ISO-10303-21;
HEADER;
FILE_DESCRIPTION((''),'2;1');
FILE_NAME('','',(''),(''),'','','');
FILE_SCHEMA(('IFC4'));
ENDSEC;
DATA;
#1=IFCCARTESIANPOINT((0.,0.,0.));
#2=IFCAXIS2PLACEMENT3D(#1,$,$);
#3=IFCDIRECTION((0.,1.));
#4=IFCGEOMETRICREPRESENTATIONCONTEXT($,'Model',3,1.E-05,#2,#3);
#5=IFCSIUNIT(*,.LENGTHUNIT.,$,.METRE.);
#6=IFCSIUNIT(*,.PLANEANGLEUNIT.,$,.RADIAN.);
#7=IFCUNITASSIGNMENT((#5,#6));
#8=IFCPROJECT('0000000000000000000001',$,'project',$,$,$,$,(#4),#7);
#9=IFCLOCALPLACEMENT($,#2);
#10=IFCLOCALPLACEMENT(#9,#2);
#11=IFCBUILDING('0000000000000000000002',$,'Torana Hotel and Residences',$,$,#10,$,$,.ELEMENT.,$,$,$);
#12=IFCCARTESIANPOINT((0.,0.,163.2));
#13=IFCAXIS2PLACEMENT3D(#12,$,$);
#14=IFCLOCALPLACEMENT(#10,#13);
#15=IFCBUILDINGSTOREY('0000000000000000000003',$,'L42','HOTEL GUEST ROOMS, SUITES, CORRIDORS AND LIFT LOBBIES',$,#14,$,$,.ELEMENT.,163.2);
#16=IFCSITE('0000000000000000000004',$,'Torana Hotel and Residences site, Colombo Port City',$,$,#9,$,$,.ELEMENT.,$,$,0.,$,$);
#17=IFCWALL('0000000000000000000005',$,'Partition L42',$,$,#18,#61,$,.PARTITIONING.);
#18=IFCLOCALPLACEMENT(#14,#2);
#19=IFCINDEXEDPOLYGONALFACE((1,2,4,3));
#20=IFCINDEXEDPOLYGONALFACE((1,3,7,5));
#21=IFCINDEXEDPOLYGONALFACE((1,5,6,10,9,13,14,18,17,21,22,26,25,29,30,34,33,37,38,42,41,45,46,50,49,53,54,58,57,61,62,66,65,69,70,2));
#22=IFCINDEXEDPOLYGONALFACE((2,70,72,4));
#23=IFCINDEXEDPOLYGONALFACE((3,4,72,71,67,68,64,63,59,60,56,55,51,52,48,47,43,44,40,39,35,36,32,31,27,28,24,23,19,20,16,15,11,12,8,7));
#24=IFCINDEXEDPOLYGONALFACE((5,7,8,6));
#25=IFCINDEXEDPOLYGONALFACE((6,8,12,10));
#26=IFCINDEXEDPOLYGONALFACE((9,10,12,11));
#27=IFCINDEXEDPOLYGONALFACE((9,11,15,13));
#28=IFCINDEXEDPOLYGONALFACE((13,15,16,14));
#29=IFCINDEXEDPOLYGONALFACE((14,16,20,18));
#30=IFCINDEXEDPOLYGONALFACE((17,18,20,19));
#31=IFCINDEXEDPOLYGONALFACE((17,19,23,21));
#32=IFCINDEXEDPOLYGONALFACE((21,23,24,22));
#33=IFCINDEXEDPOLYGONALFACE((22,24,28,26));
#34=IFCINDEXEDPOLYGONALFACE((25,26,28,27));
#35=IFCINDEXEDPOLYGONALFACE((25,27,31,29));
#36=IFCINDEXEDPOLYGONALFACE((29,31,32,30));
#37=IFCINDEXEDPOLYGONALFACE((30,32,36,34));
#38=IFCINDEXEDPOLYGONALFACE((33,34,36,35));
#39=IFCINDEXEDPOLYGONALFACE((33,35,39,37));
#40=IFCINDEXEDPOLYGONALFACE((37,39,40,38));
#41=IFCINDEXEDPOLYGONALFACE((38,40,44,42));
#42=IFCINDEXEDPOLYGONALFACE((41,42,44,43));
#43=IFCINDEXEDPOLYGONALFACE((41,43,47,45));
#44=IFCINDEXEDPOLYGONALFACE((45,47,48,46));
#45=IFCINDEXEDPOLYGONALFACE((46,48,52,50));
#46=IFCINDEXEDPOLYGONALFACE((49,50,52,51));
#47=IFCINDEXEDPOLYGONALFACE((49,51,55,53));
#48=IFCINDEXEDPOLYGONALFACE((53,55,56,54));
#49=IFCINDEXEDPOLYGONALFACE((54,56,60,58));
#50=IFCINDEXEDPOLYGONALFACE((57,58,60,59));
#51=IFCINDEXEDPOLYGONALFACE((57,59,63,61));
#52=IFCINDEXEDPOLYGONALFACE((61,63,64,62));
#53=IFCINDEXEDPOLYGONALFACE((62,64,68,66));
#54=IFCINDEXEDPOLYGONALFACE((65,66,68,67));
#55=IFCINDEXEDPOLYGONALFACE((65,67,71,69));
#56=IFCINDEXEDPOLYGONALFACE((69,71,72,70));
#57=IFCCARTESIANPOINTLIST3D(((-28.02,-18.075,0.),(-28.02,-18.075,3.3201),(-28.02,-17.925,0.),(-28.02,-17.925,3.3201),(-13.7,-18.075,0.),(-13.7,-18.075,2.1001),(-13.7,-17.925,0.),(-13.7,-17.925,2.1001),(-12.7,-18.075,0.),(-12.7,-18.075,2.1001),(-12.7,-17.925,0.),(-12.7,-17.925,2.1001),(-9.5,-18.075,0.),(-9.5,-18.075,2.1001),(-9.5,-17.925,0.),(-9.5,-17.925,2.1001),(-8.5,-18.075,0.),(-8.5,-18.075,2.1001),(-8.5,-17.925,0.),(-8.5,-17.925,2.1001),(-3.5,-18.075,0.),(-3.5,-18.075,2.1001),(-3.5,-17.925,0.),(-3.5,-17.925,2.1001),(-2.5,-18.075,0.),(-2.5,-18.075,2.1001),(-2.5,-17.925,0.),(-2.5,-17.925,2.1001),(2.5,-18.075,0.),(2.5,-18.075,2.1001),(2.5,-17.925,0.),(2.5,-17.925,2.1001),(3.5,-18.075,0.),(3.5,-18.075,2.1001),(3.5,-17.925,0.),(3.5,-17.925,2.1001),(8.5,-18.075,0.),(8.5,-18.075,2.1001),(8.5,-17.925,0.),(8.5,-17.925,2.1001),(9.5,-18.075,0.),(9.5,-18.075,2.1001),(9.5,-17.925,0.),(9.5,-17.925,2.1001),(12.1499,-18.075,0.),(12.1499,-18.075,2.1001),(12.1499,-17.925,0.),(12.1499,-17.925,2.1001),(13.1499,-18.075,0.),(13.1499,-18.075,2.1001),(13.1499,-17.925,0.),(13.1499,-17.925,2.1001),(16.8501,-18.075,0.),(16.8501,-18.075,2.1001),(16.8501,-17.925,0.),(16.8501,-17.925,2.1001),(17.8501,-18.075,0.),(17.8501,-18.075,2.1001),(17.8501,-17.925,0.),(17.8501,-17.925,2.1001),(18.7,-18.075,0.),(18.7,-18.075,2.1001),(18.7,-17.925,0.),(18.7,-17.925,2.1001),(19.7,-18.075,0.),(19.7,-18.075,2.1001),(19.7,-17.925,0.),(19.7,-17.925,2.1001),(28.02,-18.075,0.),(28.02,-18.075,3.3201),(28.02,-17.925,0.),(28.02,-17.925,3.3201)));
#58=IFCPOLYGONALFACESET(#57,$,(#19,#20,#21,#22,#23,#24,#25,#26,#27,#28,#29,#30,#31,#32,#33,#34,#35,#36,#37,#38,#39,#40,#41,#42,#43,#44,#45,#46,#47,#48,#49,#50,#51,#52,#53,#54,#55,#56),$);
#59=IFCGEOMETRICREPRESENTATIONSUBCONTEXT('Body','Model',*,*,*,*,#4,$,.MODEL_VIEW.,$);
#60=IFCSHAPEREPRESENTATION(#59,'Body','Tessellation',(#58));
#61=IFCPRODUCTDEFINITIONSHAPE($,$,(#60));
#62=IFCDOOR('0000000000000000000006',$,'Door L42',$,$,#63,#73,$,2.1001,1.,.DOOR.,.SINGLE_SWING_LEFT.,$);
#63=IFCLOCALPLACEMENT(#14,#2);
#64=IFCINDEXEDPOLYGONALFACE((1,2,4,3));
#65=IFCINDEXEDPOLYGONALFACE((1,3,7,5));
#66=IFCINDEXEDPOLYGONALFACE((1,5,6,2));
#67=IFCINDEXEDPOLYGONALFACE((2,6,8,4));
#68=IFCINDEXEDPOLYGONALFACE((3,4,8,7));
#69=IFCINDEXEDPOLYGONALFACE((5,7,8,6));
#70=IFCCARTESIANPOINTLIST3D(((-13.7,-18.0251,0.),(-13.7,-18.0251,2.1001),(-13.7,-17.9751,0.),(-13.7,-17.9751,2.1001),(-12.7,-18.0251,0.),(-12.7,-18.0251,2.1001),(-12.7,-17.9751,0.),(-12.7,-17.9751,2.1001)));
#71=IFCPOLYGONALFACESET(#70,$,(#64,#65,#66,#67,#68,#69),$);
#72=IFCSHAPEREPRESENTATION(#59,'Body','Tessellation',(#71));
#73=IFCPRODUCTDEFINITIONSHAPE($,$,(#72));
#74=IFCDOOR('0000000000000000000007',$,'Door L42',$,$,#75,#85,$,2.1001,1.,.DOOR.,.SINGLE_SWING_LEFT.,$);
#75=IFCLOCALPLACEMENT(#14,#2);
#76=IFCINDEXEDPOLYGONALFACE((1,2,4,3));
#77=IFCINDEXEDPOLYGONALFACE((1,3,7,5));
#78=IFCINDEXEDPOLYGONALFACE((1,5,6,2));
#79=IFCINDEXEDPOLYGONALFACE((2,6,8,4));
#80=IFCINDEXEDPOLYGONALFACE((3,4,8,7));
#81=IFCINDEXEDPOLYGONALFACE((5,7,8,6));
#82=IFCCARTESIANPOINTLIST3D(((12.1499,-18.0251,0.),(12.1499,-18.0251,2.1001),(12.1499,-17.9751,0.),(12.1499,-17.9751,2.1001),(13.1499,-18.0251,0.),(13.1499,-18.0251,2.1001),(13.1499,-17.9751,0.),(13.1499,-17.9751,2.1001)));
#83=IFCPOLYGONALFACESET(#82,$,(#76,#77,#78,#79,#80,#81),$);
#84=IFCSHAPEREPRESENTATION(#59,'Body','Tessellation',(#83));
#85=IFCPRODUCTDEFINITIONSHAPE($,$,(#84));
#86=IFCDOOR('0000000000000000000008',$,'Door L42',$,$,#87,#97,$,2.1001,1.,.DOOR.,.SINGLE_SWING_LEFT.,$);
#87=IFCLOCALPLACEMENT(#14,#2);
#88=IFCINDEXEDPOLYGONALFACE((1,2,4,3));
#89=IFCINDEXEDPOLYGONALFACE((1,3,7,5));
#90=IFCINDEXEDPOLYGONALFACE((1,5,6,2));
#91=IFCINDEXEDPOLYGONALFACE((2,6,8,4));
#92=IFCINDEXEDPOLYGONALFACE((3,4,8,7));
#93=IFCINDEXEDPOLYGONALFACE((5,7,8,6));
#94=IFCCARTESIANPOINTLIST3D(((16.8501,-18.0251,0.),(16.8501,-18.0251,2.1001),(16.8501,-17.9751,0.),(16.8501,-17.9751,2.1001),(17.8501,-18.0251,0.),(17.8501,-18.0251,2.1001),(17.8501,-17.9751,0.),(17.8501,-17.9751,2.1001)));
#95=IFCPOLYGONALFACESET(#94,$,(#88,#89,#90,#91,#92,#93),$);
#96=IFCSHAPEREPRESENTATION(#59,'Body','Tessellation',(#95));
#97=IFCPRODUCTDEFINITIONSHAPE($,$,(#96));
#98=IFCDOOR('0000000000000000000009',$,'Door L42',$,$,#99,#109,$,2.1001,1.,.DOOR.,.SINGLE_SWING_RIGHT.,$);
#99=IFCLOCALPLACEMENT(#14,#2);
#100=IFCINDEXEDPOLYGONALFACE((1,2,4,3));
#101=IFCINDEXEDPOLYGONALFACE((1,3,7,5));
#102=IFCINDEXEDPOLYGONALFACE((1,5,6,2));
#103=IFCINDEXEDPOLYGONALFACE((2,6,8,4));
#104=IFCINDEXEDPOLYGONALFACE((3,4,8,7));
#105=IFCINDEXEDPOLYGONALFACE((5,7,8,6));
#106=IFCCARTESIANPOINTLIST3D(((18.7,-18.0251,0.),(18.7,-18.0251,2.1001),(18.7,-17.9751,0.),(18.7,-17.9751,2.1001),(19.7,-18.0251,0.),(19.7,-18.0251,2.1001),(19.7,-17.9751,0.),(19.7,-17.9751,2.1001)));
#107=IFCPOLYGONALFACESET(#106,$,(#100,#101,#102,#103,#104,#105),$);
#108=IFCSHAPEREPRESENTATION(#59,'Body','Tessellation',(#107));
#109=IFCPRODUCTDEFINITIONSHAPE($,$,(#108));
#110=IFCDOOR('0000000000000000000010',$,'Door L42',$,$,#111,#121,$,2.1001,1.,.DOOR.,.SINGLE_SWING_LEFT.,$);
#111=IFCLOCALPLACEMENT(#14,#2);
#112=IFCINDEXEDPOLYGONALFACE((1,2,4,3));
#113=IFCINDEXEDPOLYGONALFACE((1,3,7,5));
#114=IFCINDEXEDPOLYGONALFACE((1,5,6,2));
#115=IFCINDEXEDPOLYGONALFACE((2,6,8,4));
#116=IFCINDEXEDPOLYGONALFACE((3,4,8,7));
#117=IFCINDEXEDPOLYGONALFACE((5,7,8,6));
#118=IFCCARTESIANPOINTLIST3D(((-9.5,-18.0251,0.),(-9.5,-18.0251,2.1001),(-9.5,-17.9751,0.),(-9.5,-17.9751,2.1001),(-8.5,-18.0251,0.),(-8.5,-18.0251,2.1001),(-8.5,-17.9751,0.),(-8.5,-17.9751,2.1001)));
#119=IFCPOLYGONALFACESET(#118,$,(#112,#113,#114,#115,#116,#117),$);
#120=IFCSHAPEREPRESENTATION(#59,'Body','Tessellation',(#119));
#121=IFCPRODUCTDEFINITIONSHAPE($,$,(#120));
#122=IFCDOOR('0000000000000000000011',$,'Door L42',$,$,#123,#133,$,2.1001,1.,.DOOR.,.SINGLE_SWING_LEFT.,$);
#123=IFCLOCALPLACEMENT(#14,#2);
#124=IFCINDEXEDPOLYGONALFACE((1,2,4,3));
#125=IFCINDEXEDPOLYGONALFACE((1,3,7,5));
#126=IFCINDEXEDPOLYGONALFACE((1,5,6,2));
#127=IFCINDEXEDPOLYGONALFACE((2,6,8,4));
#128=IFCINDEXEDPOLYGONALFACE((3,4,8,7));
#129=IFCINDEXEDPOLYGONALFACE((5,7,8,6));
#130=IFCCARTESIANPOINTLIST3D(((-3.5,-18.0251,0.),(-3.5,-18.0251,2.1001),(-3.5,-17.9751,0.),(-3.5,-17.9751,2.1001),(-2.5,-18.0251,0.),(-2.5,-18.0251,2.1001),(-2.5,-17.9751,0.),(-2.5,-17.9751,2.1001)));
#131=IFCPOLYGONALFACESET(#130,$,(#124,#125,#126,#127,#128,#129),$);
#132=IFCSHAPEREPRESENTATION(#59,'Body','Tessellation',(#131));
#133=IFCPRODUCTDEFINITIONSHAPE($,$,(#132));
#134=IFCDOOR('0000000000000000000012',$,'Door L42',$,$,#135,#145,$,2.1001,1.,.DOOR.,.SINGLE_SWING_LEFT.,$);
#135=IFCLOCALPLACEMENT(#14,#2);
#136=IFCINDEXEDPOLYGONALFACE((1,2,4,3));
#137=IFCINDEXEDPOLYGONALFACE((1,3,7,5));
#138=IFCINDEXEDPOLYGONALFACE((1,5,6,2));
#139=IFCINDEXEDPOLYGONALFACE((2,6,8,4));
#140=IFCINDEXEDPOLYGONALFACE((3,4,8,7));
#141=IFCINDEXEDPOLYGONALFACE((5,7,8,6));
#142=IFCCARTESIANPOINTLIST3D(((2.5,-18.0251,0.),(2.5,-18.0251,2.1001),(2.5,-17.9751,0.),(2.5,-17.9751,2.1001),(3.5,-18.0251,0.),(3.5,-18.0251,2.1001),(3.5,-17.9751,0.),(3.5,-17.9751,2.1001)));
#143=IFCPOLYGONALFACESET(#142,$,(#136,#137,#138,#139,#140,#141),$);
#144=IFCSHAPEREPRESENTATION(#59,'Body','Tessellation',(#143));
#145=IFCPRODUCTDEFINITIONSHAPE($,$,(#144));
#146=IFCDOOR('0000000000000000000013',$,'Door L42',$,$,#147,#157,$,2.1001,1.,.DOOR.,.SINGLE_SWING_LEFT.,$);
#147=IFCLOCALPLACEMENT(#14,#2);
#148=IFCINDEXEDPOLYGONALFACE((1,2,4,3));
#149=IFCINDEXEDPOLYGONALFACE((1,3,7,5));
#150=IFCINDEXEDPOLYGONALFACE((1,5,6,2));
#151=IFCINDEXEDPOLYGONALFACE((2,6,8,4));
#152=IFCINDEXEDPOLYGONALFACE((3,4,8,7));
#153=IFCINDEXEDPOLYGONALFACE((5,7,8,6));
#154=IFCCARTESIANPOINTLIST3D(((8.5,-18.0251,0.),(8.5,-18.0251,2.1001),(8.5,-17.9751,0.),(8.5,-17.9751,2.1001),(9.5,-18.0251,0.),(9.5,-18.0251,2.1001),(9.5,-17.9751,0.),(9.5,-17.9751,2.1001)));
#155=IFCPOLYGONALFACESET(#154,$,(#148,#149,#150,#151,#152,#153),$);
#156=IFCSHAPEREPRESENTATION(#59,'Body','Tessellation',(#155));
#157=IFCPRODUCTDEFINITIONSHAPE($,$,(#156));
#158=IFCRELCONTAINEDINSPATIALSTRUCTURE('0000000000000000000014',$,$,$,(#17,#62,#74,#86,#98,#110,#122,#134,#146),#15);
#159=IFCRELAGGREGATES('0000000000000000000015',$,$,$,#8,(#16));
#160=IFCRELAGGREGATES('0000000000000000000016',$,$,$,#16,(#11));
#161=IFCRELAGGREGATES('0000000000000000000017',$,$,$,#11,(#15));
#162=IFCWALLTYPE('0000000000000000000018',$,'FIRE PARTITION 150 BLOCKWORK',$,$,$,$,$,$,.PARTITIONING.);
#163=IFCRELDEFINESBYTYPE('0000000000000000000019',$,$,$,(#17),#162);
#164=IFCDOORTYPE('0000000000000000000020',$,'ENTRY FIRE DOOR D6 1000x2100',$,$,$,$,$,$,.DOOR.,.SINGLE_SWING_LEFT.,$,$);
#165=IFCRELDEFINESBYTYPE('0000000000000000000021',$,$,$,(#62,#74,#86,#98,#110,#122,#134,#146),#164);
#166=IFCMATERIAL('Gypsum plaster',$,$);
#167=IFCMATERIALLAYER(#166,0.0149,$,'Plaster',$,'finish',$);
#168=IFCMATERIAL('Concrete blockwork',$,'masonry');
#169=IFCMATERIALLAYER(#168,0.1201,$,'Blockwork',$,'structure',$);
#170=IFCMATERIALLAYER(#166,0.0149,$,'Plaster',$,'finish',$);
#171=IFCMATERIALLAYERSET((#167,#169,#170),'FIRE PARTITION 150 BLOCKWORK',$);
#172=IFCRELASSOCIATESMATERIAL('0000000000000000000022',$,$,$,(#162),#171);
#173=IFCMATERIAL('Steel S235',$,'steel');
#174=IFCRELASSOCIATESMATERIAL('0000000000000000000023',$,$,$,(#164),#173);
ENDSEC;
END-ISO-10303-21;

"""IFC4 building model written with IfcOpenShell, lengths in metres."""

from ifc_helpers import new_model, si_unit, direction, frame, frame_2d, origin, place, context, subcontext, project, spatial, rectangle, extrude, material, layer, layer_set, type_object, element, fill, save


model = new_model("IFC4")

# Units and contexts
model_context = context("Model", 3, precision=1e-05, world=origin(), true_north=direction((0.0, 1.0)))
body_context = subcontext(model_context, "Body", "Model", "MODEL_VIEW")
ifc_project = project(units=[si_unit("LENGTHUNIT", "METRE"), si_unit("PLANEANGLEUNIT", "RADIAN")], contexts=[model_context])

# Site, building, storey
site_placement = place(None, origin())
site = spatial("IfcSite", under=ifc_project, at=site_placement, Name="Torana Hotel and Residences site, Colombo Port City", CompositionType="ELEMENT", RefElevation=0.0)
building_placement = place(site_placement, origin())
building = spatial("IfcBuilding", under=site, at=building_placement, Name="Torana Hotel and Residences", CompositionType="ELEMENT")
storey_placement = place(building_placement, frame((0.0, 0.0, 163.2)))
storey = spatial("IfcBuildingStorey", under=building, at=storey_placement, Name="L42", Description="HOTEL GUEST ROOMS, SUITES, CORRIDORS AND LIFT LOBBIES", CompositionType="ELEMENT", Elevation=163.2)

# Wall, openings, doors
ifc_material_1 = material(Name="Gypsum plaster")
ifc_layer_1 = layer(ifc_material_1, 0.0149, Name="Plaster", Category="finish")
ifc_material_2 = material(Name="Concrete blockwork", Category="masonry")
ifc_layer_2 = layer(ifc_material_2, 0.1201, Name="Blockwork", Category="structure")
ifc_layer_3 = layer(ifc_material_1, 0.0149, Name="Plaster", Category="finish")
ifc_layer_set_1 = layer_set([ifc_layer_1, ifc_layer_2, ifc_layer_3], Name="FIRE PARTITION 150 BLOCKWORK")
wall_type_1 = type_object("IfcWallType", Name="FIRE PARTITION 150 BLOCKWORK", PredefinedType="PARTITIONING", material=ifc_layer_set_1)
wall_1_placement = place(storey_placement, frame((-28.02, -18.0, 0.0), z_axis=(0.0, 0.0, 1.0), x_axis=(1.0, 0.0, 0.0)))
wall_1 = element("IfcWall", 1, at=wall_1_placement, inside=storey, type_object=wall_type_1, Name="Partition L42", PredefinedType="PARTITIONING", context=body_context, shape_type="SweptSolid", body=[
    extrude(rectangle(XDim=56.04, YDim=0.1499, at=frame_2d((28.02, 0.0))), origin(), (0.0, 0.0, 1.0), 3.3201),
])
opening_1_placement = place(wall_1_placement, frame((14.3201, 0.0, 0.0)))
opening_1 = element("IfcOpeningElement", 2, at=opening_1_placement, cuts=wall_1, PredefinedType="OPENING", context=body_context, shape_type="SweptSolid", body=[
    extrude(rectangle(XDim=1.0, YDim=2.1001, at=frame_2d((0.5, 1.05))), frame((0.0, 0.085, 0.0), z_axis=(0.0, -1.0, 0.0), x_axis=(1.0, 0.0, 0.0)), (0.0, 0.0, 1.0), 0.1699),
])
opening_2_placement = place(wall_1_placement, frame((40.1699, 0.0, 0.0)))
opening_2 = element("IfcOpeningElement", 3, at=opening_2_placement, cuts=wall_1, PredefinedType="OPENING", context=body_context, shape_type="SweptSolid", body=[
    extrude(rectangle(XDim=1.0, YDim=2.1001, at=frame_2d((0.5, 1.05))), frame((0.0, 0.085, 0.0), z_axis=(0.0, -1.0, 0.0), x_axis=(1.0, 0.0, 0.0)), (0.0, 0.0, 1.0), 0.1699),
])
opening_3_placement = place(wall_1_placement, frame((44.8701, 0.0, 0.0)))
opening_3 = element("IfcOpeningElement", 4, at=opening_3_placement, cuts=wall_1, PredefinedType="OPENING", context=body_context, shape_type="SweptSolid", body=[
    extrude(rectangle(XDim=1.0, YDim=2.1001, at=frame_2d((0.5, 1.05))), frame((0.0, 0.085, 0.0), z_axis=(0.0, -1.0, 0.0), x_axis=(1.0, 0.0, 0.0)), (0.0, 0.0, 1.0), 0.1699),
])
opening_4_placement = place(wall_1_placement, frame((46.72, 0.0, 0.0)))
opening_4 = element("IfcOpeningElement", 5, at=opening_4_placement, cuts=wall_1, PredefinedType="OPENING", context=body_context, shape_type="SweptSolid", body=[
    extrude(rectangle(XDim=1.0, YDim=2.1001, at=frame_2d((0.5, 1.05))), frame((0.0, 0.085, 0.0), z_axis=(0.0, -1.0, 0.0), x_axis=(1.0, 0.0, 0.0)), (0.0, 0.0, 1.0), 0.1699),
])
opening_5_placement = place(wall_1_placement, frame((18.52, 0.0, 0.0)))
opening_5 = element("IfcOpeningElement", 6, at=opening_5_placement, cuts=wall_1, PredefinedType="OPENING", context=body_context, shape_type="SweptSolid", body=[
    extrude(rectangle(XDim=1.0, YDim=2.1001, at=frame_2d((0.5, 1.05))), frame((0.0, 0.085, 0.0), z_axis=(0.0, -1.0, 0.0), x_axis=(1.0, 0.0, 0.0)), (0.0, 0.0, 1.0), 0.1699),
])
opening_6_placement = place(wall_1_placement, frame((24.52, 0.0, 0.0)))
opening_6 = element("IfcOpeningElement", 7, at=opening_6_placement, cuts=wall_1, PredefinedType="OPENING", context=body_context, shape_type="SweptSolid", body=[
    extrude(rectangle(XDim=1.0, YDim=2.1001, at=frame_2d((0.5, 1.05))), frame((0.0, 0.085, 0.0), z_axis=(0.0, -1.0, 0.0), x_axis=(1.0, 0.0, 0.0)), (0.0, 0.0, 1.0), 0.1699),
])
opening_7_placement = place(wall_1_placement, frame((30.52, 0.0, 0.0)))
opening_7 = element("IfcOpeningElement", 8, at=opening_7_placement, cuts=wall_1, PredefinedType="OPENING", context=body_context, shape_type="SweptSolid", body=[
    extrude(rectangle(XDim=1.0, YDim=2.1001, at=frame_2d((0.5, 1.05))), frame((0.0, 0.085, 0.0), z_axis=(0.0, -1.0, 0.0), x_axis=(1.0, 0.0, 0.0)), (0.0, 0.0, 1.0), 0.1699),
])
opening_8_placement = place(wall_1_placement, frame((36.52, 0.0, 0.0)))
opening_8 = element("IfcOpeningElement", 9, at=opening_8_placement, cuts=wall_1, PredefinedType="OPENING", context=body_context, shape_type="SweptSolid", body=[
    extrude(rectangle(XDim=1.0, YDim=2.1001, at=frame_2d((0.5, 1.05))), frame((0.0, 0.085, 0.0), z_axis=(0.0, -1.0, 0.0), x_axis=(1.0, 0.0, 0.0)), (0.0, 0.0, 1.0), 0.1699),
])
ifc_material_3 = material(Name="Steel S235", Category="steel")
door_type_1 = type_object("IfcDoorType", Name="ENTRY FIRE DOOR D6 1000x2100", OperationType="SINGLE_SWING_LEFT", PredefinedType="DOOR", material=ifc_material_3)
door_1_placement = place(opening_1_placement, origin())
door_1 = element("IfcDoor", 10, at=door_1_placement, inside=storey, type_object=door_type_1, Name="Door L42", OperationType="SINGLE_SWING_LEFT", OverallHeight=2.1001, OverallWidth=1.0, PredefinedType="DOOR", context=body_context, shape_type="SweptSolid", body=[
    extrude(rectangle(XDim=1.0, YDim=2.1001, at=frame_2d((0.5, 1.05))), frame((0.0, 0.0249, 0.0), z_axis=(0.0, -1.0, 0.0), x_axis=(1.0, 0.0, 0.0)), (0.0, 0.0, 1.0), 0.05),
])
fill(opening_1, door_1)
door_2_placement = place(opening_2_placement, frame((0.5, 0.0, 0.0), z_axis=(0.0, 0.0, 1.0), x_axis=(-1.0, 0.0, 0.0)))
door_2 = element("IfcDoor", 11, at=door_2_placement, inside=storey, type_object=door_type_1, Name="Door L42", OperationType="SINGLE_SWING_LEFT", OverallHeight=2.1001, OverallWidth=1.0, PredefinedType="DOOR", context=body_context, shape_type="SweptSolid", body=[
    extrude(rectangle(XDim=1.0, YDim=2.1001, at=frame_2d((0.0, 1.05))), frame((0.0, -0.0249, 0.0), z_axis=(0.0, 1.0, 0.0), x_axis=(-1.0, 0.0, 0.0)), (0.0, 0.0, 1.0), 0.05),
])
fill(opening_2, door_2)
door_3_placement = place(opening_3_placement, frame((0.5, 0.0, 0.0), z_axis=(0.0, 0.0, 1.0), x_axis=(-1.0, 0.0, 0.0)))
door_3 = element("IfcDoor", 12, at=door_3_placement, inside=storey, type_object=door_type_1, Name="Door L42", OperationType="SINGLE_SWING_LEFT", OverallHeight=2.1001, OverallWidth=1.0, PredefinedType="DOOR", context=body_context, shape_type="SweptSolid", body=[
    extrude(rectangle(XDim=1.0, YDim=2.1001, at=frame_2d((0.0, 1.05))), frame((0.0, -0.0249, 0.0), z_axis=(0.0, 1.0, 0.0), x_axis=(-1.0, 0.0, 0.0)), (0.0, 0.0, 1.0), 0.05),
])
fill(opening_3, door_3)
door_4_placement = place(opening_4_placement, origin())
door_4 = element("IfcDoor", 13, at=door_4_placement, inside=storey, type_object=door_type_1, Name="Door L42", OperationType="SINGLE_SWING_RIGHT", OverallHeight=2.1001, OverallWidth=1.0, PredefinedType="DOOR", context=body_context, shape_type="SweptSolid", body=[
    extrude(rectangle(XDim=1.0, YDim=2.1001, at=frame_2d((0.5, 1.05))), frame((0.0, 0.0249, 0.0), z_axis=(0.0, -1.0, 0.0), x_axis=(1.0, 0.0, 0.0)), (0.0, 0.0, 1.0), 0.05),
])
fill(opening_4, door_4)
door_5_placement = place(opening_5_placement, frame((0.5, 0.0, 0.0), z_axis=(0.0, 0.0, 1.0), x_axis=(-1.0, 0.0, 0.0)))
door_5 = element("IfcDoor", 14, at=door_5_placement, inside=storey, type_object=door_type_1, Name="Door L42", OperationType="SINGLE_SWING_LEFT", OverallHeight=2.1001, OverallWidth=1.0, PredefinedType="DOOR", context=body_context, shape_type="SweptSolid", body=[
    extrude(rectangle(XDim=1.0, YDim=2.1001, at=frame_2d((0.0, 1.05))), frame((0.0, -0.0249, 0.0), z_axis=(0.0, 1.0, 0.0), x_axis=(-1.0, 0.0, 0.0)), (0.0, 0.0, 1.0), 0.05),
])
fill(opening_5, door_5)
door_6_placement = place(opening_6_placement, frame((0.5, 0.0, 0.0), z_axis=(0.0, 0.0, 1.0), x_axis=(-1.0, 0.0, 0.0)))
door_6 = element("IfcDoor", 15, at=door_6_placement, inside=storey, type_object=door_type_1, Name="Door L42", OperationType="SINGLE_SWING_LEFT", OverallHeight=2.1001, OverallWidth=1.0, PredefinedType="DOOR", context=body_context, shape_type="SweptSolid", body=[
    extrude(rectangle(XDim=1.0, YDim=2.1001, at=frame_2d((0.0, 1.05))), frame((0.0, -0.0249, 0.0), z_axis=(0.0, 1.0, 0.0), x_axis=(-1.0, 0.0, 0.0)), (0.0, 0.0, 1.0), 0.05),
])
fill(opening_6, door_6)
door_7_placement = place(opening_7_placement, frame((0.5, 0.0, 0.0), z_axis=(0.0, 0.0, 1.0), x_axis=(-1.0, 0.0, 0.0)))
door_7 = element("IfcDoor", 16, at=door_7_placement, inside=storey, type_object=door_type_1, Name="Door L42", OperationType="SINGLE_SWING_LEFT", OverallHeight=2.1001, OverallWidth=1.0, PredefinedType="DOOR", context=body_context, shape_type="SweptSolid", body=[
    extrude(rectangle(XDim=1.0, YDim=2.1001, at=frame_2d((0.0, 1.05))), frame((0.0, -0.0249, 0.0), z_axis=(0.0, 1.0, 0.0), x_axis=(-1.0, 0.0, 0.0)), (0.0, 0.0, 1.0), 0.05),
])
fill(opening_7, door_7)
door_8_placement = place(opening_8_placement, frame((0.5, 0.0, 0.0), z_axis=(0.0, 0.0, 1.0), x_axis=(-1.0, 0.0, 0.0)))
door_8 = element("IfcDoor", 17, at=door_8_placement, inside=storey, type_object=door_type_1, Name="Door L42", OperationType="SINGLE_SWING_LEFT", OverallHeight=2.1001, OverallWidth=1.0, PredefinedType="DOOR", context=body_context, shape_type="SweptSolid", body=[
    extrude(rectangle(XDim=1.0, YDim=2.1001, at=frame_2d((0.0, 1.05))), frame((0.0, -0.0249, 0.0), z_axis=(0.0, 1.0, 0.0), x_axis=(-1.0, 0.0, 0.0)), (0.0, 0.0, 1.0), 0.05),
])
fill(opening_8, door_8)

save(model, "model.ifc")
